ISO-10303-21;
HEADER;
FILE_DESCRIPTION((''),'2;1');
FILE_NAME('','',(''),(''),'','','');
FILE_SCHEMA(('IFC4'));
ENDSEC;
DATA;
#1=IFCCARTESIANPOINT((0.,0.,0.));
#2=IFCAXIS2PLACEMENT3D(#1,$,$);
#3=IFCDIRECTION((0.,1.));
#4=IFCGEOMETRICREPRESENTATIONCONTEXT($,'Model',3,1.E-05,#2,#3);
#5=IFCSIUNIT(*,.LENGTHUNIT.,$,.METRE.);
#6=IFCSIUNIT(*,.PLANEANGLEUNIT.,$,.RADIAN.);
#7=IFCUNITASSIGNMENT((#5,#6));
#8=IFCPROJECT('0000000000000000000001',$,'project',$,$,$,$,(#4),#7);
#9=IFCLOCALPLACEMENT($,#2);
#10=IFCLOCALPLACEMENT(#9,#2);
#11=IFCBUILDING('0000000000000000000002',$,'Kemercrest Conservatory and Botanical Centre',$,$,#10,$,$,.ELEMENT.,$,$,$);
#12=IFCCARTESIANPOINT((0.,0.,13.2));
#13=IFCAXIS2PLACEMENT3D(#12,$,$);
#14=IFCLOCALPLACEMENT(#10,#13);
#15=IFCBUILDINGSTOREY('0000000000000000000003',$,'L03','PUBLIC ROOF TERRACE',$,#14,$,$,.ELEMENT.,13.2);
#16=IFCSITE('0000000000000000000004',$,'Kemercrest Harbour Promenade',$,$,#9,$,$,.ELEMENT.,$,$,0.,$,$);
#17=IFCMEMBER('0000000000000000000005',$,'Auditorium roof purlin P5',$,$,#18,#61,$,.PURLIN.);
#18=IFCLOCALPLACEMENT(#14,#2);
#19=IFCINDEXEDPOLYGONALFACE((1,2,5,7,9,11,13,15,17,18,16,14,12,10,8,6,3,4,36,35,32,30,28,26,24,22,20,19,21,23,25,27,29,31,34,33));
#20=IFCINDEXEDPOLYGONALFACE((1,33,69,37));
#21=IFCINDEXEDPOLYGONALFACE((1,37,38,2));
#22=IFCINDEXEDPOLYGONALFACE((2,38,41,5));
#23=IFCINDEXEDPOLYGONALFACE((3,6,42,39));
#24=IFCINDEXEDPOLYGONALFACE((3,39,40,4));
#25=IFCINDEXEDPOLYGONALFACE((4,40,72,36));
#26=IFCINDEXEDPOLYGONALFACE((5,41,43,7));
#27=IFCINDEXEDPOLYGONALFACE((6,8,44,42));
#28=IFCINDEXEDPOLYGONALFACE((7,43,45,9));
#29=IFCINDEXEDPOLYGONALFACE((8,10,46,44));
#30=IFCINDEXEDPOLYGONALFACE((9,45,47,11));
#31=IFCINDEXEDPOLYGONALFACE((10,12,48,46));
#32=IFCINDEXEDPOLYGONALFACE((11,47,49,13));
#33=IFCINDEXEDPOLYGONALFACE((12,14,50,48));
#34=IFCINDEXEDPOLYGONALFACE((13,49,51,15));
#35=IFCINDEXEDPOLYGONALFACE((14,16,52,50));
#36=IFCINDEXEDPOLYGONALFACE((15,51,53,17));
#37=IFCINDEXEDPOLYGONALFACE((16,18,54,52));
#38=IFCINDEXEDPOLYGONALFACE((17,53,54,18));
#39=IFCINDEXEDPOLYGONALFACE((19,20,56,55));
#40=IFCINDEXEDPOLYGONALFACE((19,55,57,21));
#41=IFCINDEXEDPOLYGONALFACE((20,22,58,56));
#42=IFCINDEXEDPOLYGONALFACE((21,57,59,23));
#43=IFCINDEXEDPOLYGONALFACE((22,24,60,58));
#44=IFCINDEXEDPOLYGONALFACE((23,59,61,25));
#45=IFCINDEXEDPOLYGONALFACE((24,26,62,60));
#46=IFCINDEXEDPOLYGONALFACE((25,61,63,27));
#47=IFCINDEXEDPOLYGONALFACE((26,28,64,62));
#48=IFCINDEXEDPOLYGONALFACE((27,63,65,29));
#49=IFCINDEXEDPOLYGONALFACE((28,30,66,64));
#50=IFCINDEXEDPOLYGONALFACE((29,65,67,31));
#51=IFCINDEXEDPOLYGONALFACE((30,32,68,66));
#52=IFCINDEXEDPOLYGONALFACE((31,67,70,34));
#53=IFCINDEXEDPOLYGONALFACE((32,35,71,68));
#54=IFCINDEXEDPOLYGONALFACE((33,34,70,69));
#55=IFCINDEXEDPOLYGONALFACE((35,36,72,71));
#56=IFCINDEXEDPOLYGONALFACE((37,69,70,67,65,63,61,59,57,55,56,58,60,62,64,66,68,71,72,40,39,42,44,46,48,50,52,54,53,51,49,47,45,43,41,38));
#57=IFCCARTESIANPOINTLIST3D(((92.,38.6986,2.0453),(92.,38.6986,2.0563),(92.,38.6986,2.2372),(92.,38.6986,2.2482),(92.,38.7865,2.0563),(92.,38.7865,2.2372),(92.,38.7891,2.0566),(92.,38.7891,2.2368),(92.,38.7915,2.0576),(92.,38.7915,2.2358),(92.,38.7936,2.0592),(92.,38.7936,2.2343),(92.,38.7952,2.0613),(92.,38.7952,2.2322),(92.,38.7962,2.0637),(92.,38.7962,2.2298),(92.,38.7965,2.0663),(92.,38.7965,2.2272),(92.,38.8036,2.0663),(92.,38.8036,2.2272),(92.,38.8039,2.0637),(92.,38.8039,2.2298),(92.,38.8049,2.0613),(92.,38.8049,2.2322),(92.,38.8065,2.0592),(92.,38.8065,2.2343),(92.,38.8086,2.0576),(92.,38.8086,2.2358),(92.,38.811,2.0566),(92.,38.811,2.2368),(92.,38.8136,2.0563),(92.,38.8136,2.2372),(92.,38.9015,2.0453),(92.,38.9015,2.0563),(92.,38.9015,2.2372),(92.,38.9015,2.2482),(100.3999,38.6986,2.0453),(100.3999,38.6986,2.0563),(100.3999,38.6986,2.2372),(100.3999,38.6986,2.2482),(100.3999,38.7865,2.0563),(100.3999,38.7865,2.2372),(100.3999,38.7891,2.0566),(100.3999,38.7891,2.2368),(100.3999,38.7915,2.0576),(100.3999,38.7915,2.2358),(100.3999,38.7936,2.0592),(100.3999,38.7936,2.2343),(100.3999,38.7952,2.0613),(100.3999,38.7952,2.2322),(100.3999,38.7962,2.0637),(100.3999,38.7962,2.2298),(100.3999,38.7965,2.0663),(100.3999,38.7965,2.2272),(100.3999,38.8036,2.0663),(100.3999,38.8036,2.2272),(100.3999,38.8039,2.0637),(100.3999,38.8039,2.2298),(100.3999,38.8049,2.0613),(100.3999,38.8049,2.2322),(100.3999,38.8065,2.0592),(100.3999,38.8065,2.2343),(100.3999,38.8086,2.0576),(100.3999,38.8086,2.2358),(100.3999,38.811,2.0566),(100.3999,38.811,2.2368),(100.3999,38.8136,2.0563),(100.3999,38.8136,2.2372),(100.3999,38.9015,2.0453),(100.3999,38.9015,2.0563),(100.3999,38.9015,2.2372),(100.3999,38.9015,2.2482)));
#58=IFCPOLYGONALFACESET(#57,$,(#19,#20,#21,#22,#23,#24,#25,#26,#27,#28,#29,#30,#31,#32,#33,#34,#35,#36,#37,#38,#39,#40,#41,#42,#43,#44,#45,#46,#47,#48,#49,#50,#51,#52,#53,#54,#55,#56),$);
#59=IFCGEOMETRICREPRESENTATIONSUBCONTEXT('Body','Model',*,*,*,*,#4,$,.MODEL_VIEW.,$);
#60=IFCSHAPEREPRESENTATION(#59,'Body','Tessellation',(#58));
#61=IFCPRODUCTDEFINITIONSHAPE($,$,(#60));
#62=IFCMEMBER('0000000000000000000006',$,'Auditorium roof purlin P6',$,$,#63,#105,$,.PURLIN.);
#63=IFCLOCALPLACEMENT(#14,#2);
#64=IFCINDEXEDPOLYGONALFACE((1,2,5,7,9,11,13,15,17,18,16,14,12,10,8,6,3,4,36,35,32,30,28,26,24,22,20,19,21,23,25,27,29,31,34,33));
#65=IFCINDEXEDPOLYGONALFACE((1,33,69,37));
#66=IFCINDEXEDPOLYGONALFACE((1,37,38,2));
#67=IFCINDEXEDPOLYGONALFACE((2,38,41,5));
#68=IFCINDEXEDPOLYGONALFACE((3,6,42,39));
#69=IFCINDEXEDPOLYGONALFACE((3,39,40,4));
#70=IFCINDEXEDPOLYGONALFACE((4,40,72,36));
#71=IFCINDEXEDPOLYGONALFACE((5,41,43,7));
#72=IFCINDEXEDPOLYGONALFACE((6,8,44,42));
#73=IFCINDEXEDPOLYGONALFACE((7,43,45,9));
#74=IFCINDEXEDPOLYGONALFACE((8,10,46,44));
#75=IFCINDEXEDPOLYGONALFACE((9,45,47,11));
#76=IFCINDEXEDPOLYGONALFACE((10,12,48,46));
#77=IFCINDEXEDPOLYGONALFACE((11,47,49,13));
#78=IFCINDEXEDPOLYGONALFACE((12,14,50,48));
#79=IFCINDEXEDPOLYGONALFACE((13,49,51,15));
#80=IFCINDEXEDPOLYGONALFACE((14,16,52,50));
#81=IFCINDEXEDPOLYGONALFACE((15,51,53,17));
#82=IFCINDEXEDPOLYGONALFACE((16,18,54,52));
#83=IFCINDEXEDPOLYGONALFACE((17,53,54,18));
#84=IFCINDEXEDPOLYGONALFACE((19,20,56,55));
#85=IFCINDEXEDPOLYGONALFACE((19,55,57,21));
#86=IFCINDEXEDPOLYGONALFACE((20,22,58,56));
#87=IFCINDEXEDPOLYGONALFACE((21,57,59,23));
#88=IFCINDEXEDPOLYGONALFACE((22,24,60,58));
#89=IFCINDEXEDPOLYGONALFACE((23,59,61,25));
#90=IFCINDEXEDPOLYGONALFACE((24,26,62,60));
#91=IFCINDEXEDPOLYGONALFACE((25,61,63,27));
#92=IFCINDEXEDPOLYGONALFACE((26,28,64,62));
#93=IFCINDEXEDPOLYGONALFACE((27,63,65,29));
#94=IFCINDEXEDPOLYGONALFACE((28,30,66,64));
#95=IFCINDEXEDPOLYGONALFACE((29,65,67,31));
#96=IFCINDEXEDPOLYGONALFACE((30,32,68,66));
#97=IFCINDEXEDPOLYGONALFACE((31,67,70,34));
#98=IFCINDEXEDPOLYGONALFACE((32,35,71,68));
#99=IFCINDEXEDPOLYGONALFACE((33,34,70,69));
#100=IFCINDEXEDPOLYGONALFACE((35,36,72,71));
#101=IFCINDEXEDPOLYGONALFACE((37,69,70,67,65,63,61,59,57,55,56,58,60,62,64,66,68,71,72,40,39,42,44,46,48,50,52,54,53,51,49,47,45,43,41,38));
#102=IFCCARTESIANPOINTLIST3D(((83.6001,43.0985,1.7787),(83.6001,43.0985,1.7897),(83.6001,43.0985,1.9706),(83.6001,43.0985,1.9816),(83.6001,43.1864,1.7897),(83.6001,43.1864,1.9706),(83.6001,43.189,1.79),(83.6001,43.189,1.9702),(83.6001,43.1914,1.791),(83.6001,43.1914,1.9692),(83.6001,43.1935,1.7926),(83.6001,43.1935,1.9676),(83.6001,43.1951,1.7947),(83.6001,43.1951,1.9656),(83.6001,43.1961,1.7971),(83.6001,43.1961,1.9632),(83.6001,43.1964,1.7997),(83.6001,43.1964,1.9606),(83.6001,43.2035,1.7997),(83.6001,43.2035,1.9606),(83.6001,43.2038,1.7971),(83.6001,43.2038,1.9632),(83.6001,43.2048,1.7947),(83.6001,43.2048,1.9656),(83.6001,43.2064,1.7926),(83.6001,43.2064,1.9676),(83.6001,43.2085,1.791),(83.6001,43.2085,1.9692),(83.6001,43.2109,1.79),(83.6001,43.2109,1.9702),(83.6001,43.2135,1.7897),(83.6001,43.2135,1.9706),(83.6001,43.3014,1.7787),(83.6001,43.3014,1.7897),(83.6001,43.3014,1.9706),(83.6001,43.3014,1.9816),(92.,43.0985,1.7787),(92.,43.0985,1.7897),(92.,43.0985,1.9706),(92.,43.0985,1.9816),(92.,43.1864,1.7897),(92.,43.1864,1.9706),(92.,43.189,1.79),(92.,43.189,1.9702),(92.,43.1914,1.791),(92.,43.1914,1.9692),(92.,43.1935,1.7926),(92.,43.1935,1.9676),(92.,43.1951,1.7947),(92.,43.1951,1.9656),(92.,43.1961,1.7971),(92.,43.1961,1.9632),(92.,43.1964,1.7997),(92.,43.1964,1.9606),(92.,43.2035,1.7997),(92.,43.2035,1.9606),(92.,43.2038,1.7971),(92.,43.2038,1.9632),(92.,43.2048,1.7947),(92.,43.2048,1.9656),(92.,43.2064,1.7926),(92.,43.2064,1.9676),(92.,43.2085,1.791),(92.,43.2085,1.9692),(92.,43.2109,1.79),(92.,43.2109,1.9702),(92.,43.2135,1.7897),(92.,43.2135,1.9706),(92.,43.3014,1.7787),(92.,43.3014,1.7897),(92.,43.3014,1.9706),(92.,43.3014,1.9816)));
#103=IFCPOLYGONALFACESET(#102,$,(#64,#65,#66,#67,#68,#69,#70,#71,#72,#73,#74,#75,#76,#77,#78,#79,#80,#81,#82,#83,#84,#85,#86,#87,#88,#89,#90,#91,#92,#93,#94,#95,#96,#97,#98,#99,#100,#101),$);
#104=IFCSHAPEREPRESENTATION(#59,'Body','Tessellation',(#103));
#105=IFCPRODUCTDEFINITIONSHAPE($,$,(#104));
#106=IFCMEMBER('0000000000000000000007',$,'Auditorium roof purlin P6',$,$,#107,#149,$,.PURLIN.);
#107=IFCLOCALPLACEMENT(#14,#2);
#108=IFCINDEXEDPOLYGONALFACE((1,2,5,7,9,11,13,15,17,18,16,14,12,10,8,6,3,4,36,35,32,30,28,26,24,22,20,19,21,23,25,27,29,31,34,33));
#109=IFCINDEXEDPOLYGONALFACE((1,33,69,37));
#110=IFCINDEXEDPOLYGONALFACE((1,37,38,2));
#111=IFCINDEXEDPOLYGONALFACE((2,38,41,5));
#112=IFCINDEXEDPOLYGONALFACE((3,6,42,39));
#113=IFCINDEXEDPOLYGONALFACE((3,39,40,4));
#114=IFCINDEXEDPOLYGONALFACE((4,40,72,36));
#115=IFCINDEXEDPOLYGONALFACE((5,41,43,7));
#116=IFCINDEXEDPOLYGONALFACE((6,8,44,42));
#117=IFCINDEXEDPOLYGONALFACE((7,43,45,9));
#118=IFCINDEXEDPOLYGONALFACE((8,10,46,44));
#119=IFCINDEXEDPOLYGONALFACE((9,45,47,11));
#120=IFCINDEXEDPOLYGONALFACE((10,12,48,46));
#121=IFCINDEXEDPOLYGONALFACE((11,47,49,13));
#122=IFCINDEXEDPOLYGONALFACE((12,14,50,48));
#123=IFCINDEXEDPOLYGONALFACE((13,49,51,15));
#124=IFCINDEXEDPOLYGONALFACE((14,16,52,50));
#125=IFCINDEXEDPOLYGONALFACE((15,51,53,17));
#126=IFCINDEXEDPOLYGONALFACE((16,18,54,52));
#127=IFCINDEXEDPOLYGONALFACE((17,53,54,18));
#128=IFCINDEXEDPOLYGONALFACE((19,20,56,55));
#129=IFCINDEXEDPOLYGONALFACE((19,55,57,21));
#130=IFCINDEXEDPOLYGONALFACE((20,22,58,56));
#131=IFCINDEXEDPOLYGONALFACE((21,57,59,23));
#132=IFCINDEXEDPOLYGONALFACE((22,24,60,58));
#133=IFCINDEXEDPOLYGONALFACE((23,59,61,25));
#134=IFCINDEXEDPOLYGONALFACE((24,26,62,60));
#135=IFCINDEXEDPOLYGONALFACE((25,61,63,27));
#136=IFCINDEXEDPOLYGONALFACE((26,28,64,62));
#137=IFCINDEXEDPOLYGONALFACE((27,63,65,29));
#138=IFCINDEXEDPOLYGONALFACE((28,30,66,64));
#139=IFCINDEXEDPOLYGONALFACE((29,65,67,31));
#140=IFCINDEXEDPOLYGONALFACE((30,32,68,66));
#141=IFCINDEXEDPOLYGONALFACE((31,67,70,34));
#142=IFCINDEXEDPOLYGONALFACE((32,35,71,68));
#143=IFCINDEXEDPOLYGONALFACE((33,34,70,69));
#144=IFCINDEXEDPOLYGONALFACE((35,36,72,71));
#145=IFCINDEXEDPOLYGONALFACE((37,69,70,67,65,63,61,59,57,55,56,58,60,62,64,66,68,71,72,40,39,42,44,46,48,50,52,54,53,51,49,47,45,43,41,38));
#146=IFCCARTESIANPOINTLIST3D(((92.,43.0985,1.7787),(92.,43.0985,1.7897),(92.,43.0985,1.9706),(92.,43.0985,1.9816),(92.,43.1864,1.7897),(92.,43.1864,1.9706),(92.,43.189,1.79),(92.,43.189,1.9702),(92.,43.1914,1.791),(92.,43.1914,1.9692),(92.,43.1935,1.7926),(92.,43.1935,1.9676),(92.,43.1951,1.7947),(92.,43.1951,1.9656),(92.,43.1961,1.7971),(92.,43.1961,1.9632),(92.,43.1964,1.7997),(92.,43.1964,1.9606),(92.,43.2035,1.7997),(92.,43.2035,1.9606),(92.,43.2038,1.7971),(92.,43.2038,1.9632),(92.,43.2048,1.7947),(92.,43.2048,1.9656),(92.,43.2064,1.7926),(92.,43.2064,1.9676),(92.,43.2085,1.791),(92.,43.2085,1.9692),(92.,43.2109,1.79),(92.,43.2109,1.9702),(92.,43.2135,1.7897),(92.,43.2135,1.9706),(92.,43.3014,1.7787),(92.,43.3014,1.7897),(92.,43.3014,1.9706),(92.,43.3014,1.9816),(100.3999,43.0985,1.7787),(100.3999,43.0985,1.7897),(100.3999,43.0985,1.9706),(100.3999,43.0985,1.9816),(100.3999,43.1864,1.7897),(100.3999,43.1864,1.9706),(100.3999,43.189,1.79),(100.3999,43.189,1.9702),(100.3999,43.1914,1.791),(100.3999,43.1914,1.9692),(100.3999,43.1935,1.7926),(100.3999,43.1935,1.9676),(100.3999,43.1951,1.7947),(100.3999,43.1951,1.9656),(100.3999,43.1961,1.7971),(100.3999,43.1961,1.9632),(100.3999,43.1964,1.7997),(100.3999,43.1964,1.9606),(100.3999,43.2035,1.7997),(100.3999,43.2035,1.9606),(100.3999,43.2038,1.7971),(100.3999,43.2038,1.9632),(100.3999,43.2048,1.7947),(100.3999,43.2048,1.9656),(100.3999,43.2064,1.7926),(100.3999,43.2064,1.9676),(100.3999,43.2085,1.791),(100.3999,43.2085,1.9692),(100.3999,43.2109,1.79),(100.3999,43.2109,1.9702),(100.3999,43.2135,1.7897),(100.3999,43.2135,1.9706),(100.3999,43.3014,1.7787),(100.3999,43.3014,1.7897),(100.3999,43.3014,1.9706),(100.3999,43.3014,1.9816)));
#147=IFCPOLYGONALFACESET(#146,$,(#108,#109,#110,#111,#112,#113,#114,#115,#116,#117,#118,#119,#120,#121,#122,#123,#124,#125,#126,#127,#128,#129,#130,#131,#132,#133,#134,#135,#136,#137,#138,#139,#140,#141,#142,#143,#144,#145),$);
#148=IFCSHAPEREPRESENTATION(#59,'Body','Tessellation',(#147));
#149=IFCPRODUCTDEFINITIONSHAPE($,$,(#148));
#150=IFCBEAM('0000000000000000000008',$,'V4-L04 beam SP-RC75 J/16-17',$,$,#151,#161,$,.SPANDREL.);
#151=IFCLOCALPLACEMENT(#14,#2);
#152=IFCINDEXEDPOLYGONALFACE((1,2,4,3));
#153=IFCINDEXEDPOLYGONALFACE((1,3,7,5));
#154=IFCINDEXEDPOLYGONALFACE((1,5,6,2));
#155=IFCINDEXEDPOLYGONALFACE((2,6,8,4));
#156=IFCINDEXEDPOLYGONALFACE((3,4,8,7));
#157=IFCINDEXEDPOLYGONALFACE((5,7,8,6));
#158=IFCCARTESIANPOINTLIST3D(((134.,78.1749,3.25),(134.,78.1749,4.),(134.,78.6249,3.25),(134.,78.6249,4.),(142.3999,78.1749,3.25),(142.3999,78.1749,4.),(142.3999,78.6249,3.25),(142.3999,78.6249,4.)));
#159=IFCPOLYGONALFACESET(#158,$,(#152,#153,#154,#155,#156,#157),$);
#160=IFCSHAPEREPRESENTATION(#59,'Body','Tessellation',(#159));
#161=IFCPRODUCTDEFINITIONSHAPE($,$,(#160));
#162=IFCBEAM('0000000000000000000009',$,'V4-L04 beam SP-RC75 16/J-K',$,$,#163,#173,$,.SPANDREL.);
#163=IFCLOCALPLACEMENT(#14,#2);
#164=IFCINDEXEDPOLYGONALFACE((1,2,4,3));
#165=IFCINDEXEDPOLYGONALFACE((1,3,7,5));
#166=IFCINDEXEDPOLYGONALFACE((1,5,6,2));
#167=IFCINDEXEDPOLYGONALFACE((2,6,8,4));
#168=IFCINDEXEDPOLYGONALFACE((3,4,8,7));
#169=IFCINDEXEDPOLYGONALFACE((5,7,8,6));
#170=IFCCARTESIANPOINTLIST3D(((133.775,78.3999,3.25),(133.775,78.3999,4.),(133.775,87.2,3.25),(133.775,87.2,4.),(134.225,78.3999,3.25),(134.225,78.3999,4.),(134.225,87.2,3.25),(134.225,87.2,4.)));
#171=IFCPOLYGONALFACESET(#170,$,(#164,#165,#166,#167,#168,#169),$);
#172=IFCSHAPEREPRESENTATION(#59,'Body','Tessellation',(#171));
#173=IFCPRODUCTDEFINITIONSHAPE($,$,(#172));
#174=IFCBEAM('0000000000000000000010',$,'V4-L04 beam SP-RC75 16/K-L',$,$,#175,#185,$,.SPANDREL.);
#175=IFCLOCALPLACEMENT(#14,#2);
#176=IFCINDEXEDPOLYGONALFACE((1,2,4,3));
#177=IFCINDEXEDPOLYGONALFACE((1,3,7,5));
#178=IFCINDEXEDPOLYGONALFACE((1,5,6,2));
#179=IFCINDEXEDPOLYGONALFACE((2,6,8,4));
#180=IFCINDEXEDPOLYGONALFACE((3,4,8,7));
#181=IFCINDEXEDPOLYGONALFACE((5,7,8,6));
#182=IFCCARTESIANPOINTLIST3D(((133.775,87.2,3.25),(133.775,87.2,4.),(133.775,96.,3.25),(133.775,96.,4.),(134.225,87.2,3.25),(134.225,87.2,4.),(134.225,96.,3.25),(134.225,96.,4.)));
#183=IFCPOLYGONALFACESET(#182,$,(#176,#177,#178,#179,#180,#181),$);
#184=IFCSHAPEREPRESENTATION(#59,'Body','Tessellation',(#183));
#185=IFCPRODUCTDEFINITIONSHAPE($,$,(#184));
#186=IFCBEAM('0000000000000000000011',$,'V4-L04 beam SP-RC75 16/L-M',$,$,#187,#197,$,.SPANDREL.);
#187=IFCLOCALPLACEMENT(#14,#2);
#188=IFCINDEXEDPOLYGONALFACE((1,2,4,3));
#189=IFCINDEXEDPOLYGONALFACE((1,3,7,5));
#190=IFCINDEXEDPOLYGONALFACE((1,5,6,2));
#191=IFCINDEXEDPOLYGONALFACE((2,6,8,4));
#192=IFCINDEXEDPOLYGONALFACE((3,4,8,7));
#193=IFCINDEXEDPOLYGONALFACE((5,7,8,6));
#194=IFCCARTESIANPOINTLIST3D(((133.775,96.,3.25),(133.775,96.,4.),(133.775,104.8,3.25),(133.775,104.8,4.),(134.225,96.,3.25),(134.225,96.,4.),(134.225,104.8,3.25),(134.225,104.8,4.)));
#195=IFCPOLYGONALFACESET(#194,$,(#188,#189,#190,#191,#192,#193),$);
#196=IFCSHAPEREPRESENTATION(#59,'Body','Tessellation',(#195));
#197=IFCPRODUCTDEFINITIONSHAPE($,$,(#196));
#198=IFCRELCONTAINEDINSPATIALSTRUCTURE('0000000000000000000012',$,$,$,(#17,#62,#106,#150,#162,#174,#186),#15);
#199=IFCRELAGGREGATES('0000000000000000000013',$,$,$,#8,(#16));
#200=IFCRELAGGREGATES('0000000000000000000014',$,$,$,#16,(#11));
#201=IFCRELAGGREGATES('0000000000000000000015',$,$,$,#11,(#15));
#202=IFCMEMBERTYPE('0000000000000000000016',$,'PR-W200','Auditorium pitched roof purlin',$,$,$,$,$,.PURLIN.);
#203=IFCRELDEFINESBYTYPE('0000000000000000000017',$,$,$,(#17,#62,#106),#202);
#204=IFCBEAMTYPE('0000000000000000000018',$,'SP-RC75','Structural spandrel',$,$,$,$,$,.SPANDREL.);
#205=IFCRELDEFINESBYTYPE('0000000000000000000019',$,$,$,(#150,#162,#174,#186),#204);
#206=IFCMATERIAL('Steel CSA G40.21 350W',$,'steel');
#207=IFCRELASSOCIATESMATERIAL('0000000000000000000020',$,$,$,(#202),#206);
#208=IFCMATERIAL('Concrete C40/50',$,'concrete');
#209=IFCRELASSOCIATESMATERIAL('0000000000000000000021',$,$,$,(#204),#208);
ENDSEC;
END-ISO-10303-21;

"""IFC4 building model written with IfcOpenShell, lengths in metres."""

from ifc_helpers import new_model, si_unit, direction, frame, origin, origin_2d, place, context, subcontext, project, spatial, rectangle, i_section, extrude, material, material_profile, profile_set, type_object, element, save


model = new_model("IFC4")

# Units and contexts
model_context = context("Model", 3, precision=1e-05, world=origin(), true_north=direction((0.0, 1.0)))
body_context = subcontext(model_context, "Body", "Model", "MODEL_VIEW")
ifc_project = project(units=[si_unit("LENGTHUNIT", "METRE"), si_unit("PLANEANGLEUNIT", "RADIAN")], contexts=[model_context])

# Site, building, storey
site_placement = place(None, origin())
site = spatial("IfcSite", under=ifc_project, at=site_placement, Name="Kemercrest Harbour Promenade", CompositionType="ELEMENT", RefElevation=0.0)
building_placement = place(site_placement, origin())
building = spatial("IfcBuilding", under=site, at=building_placement, Name="Kemercrest Conservatory and Botanical Centre", CompositionType="ELEMENT")
storey_placement = place(building_placement, frame((0.0, 0.0, 13.2)))
storey = spatial("IfcBuildingStorey", under=building, at=storey_placement, Name="L03", Description="PUBLIC ROOF TERRACE", CompositionType="ELEMENT", Elevation=13.2)

# Shared definitions
ifc_material_1 = material(Name="Concrete C40/50", Category="concrete")

# Members
ifc_material_2 = material(Name="Steel CSA G40.21 350W", Category="steel")
ifc_material_profile_1 = material_profile(ifc_material_2, i_section(OverallWidth=0.2029, OverallDepth=0.2029, WebThickness=0.0071, FlangeThickness=0.011, FilletRadius=0.01, at=origin_2d()), Name="W200X46")
ifc_profile_set_1 = profile_set([ifc_material_profile_1], Name="Steel CSA G40.21 350W")
member_type_1 = type_object("IfcMemberType", Name="PR-W200", Description="Auditorium pitched roof purlin", PredefinedType="PURLIN", material=ifc_profile_set_1)
for number, where, z_axis, x_axis, name in (
    (1, (92.0, 38.8, 2.1467), (1.0, 0.0, 0.0), (0.0, 1.0, 0.0), "Auditorium roof purlin P5"),
    (2, (83.6001, 43.2, 1.8801), (1.0, 0.0, 0.0), (0.0, 1.0, 0.0), "Auditorium roof purlin P6"),
    (3, (92.0, 43.2, 1.8801), (1.0, 0.0, 0.0), (0.0, 1.0, 0.0), "Auditorium roof purlin P6"),
):
    element("IfcMember", number, at=place(storey_placement, frame(where, z_axis=z_axis, x_axis=x_axis)), inside=storey, type_object=member_type_1, Name=name, PredefinedType="PURLIN", context=body_context, shape_type="SweptSolid", body=[
        extrude(i_section(OverallWidth=0.2029, OverallDepth=0.2029, WebThickness=0.0071, FlangeThickness=0.011, FilletRadius=0.01, at=origin_2d()), origin(), (0.0, 0.0, 1.0), 8.3999),
    ])

# Beams
ifc_material_profile_2 = material_profile(ifc_material_1, rectangle(XDim=0.45, YDim=0.75, at=origin_2d()), Name="RC 450x750")
ifc_profile_set_2 = profile_set([ifc_material_profile_2], Name="Concrete C40/50")
beam_type_1 = type_object("IfcBeamType", Name="SP-RC75", Description="Structural spandrel", PredefinedType="SPANDREL", material=ifc_profile_set_2)
beam_placement = place(storey_placement, frame((134.0, 78.3999, 3.625), z_axis=(1.0, 0.0, 0.0), x_axis=(0.0, 1.0, 0.0)))
element("IfcBeam", 4, at=beam_placement, inside=storey, type_object=beam_type_1, Name="V4-L04 beam SP-RC75 J/16-17", PredefinedType="SPANDREL", context=body_context, shape_type="SweptSolid", body=[
    extrude(rectangle(XDim=0.45, YDim=0.75, at=origin_2d()), origin(), (0.0, 0.0, 1.0), 8.3999),
])
for number, where, z_axis, x_axis, name in (
    (5, (134.0, 78.3999, 3.625), (0.0, 1.0, 0.0), (-1.0, 0.0, 0.0), "V4-L04 beam SP-RC75 16/J-K"),
    (6, (134.0, 87.2, 3.625), (0.0, 1.0, 0.0), (-1.0, 0.0, 0.0), "V4-L04 beam SP-RC75 16/K-L"),
    (7, (134.0, 96.0, 3.625), (0.0, 1.0, 0.0), (-1.0, 0.0, 0.0), "V4-L04 beam SP-RC75 16/L-M"),
):
    element("IfcBeam", number, at=place(storey_placement, frame(where, z_axis=z_axis, x_axis=x_axis)), inside=storey, type_object=beam_type_1, Name=name, PredefinedType="SPANDREL", context=body_context, shape_type="SweptSolid", body=[
        extrude(rectangle(XDim=0.45, YDim=0.75, at=origin_2d()), origin(), (0.0, 0.0, 1.0), 8.8),
    ])

save(model, "model.ifc")
